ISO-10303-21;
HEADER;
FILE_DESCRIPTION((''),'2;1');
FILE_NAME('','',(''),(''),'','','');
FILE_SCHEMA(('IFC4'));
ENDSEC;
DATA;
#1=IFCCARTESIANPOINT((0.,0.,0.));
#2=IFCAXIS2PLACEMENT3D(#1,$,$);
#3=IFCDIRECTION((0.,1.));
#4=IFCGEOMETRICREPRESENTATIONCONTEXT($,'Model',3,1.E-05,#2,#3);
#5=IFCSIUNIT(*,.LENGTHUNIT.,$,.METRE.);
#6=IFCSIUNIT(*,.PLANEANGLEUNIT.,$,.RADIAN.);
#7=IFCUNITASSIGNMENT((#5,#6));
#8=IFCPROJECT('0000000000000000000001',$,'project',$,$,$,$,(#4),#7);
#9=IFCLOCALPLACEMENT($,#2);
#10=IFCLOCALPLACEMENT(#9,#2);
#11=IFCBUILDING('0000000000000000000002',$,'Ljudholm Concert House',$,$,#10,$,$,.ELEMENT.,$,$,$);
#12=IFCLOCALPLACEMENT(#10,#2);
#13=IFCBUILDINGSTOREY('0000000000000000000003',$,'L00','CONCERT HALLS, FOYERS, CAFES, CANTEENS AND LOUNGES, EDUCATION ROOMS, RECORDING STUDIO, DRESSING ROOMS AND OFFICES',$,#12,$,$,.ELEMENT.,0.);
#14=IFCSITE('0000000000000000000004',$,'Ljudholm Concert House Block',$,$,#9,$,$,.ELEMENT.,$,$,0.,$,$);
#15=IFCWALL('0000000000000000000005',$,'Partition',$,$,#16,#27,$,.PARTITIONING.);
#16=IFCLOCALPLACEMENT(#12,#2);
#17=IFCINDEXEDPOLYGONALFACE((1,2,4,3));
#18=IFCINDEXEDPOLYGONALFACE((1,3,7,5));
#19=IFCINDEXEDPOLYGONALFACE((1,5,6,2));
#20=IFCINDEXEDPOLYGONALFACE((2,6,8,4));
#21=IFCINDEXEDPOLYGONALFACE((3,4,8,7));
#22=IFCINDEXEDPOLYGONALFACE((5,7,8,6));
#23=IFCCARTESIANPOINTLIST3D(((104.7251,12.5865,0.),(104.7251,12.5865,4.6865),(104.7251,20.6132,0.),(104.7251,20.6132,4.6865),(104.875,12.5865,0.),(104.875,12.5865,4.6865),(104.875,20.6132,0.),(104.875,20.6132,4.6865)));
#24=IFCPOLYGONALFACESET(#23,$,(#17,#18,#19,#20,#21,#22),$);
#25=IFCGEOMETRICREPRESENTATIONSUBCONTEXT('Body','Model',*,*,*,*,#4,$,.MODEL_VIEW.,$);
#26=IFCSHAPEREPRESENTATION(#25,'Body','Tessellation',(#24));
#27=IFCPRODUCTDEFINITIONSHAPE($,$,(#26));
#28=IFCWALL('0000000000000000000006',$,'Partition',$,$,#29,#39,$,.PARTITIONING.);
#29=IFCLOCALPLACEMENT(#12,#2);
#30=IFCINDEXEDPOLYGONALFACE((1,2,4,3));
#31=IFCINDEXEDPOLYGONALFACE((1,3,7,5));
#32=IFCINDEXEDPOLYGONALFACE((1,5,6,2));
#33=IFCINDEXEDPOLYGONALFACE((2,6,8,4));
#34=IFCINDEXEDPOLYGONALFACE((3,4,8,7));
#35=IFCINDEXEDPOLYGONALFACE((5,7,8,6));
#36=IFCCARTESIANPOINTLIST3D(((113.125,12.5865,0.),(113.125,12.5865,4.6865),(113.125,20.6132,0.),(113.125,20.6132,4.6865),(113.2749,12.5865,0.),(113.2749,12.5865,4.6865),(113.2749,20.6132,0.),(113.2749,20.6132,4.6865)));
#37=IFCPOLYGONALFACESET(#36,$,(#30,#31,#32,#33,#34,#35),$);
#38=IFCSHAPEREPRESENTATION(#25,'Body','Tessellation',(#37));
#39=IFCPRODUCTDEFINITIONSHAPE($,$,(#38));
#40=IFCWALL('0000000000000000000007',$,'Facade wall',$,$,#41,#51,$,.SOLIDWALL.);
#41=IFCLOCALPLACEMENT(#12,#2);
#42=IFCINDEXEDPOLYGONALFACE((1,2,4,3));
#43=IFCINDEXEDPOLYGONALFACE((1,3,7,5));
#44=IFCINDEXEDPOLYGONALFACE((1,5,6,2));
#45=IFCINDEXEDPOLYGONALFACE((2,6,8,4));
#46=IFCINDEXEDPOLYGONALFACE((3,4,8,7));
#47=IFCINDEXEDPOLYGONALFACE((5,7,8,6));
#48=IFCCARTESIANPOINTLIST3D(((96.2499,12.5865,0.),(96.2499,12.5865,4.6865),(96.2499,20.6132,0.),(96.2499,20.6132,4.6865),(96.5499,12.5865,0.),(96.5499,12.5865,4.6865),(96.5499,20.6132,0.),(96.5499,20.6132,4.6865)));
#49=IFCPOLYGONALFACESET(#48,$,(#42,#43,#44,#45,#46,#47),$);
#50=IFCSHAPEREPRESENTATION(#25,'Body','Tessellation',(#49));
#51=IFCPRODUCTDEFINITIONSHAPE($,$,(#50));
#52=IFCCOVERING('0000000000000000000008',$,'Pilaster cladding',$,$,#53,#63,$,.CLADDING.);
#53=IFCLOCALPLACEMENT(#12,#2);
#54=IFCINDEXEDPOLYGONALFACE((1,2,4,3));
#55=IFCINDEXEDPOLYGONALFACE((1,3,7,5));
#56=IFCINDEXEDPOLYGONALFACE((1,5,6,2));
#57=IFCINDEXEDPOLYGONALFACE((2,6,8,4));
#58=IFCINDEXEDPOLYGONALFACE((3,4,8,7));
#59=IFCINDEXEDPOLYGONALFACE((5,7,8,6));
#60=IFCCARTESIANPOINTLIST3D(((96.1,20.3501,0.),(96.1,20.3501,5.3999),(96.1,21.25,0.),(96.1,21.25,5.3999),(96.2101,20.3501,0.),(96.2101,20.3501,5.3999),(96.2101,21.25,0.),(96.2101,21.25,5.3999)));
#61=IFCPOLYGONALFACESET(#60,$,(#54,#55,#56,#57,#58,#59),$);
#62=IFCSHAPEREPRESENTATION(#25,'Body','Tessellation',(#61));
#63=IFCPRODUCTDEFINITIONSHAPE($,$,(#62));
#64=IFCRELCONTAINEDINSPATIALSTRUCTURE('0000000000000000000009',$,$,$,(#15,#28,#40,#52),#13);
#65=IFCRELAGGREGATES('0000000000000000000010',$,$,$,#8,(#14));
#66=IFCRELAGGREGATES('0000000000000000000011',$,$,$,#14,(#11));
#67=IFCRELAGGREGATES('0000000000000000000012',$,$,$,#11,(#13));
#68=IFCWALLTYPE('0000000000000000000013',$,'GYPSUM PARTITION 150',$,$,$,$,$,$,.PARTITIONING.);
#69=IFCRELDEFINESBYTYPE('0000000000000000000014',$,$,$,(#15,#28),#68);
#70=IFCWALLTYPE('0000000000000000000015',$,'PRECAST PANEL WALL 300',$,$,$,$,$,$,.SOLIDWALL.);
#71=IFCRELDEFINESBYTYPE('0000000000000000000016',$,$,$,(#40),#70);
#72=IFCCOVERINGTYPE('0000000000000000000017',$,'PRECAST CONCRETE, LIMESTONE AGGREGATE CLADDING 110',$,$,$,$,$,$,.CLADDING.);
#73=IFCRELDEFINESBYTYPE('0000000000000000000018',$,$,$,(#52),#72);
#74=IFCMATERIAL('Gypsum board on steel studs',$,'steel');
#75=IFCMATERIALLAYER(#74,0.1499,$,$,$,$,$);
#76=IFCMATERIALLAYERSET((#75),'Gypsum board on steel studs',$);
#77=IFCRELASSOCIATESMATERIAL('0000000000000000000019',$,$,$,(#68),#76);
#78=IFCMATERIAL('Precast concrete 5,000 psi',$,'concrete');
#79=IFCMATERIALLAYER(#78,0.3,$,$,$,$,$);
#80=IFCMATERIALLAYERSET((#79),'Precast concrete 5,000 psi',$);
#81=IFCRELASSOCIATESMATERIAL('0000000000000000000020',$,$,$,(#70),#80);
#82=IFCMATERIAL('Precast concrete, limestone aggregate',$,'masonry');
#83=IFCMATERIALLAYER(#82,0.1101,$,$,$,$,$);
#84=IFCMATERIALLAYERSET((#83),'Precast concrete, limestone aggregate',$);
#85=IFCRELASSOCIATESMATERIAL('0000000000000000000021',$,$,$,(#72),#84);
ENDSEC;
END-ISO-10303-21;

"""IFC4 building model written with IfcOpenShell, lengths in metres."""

from ifc_helpers import new_model, si_unit, direction, frame, frame_2d, origin, origin_2d, place, context, subcontext, project, spatial, rectangle, extrude, material, layer, layer_set, type_object, element, save


model = new_model("IFC4")

# Units and contexts
model_context = context("Model", 3, precision=1e-05, world=origin(), true_north=direction((0.0, 1.0)))
body_context = subcontext(model_context, "Body", "Model", "MODEL_VIEW")
ifc_project = project(units=[si_unit("LENGTHUNIT", "METRE"), si_unit("PLANEANGLEUNIT", "RADIAN")], contexts=[model_context])

# Site, building, storey
site_placement = place(None, origin())
site = spatial("IfcSite", under=ifc_project, at=site_placement, Name="Ljudholm Concert House Block", CompositionType="ELEMENT", RefElevation=0.0)
building_placement = place(site_placement, origin())
building = spatial("IfcBuilding", under=site, at=building_placement, Name="Ljudholm Concert House", CompositionType="ELEMENT")
storey_placement = place(building_placement, origin())
storey = spatial("IfcBuildingStorey", under=building, at=storey_placement, Name="L00", Description="CONCERT HALLS, FOYERS, CAFES, CANTEENS AND LOUNGES, EDUCATION ROOMS, RECORDING STUDIO, DRESSING ROOMS AND OFFICES", CompositionType="ELEMENT", Elevation=0.0)

# Walls
ifc_material_1 = material(Name="Gypsum board on steel studs", Category="steel")
ifc_layer_1 = layer(ifc_material_1, 0.1499)
ifc_layer_set_1 = layer_set([ifc_layer_1], Name="Gypsum board on steel studs")
wall_type_1 = type_object("IfcWallType", Name="GYPSUM PARTITION 150", PredefinedType="PARTITIONING", material=ifc_layer_set_1)
for number, where, z_axis, x_axis, name in (
    (1, (104.8, 12.5867, 0.0), (0.0, 0.0, 1.0), (0.0, 1.0, 0.0), "Partition"),
    (2, (113.2, 12.5867, 0.0), (0.0, 0.0, 1.0), (0.0, 1.0, 0.0), "Partition"),
):
    element("IfcWall", number, at=place(storey_placement, frame(where, z_axis=z_axis, x_axis=x_axis)), inside=storey, type_object=wall_type_1, Name=name, PredefinedType="PARTITIONING", context=body_context, shape_type="SweptSolid", body=[
        extrude(rectangle(XDim=8.0266, YDim=0.1499, at=frame_2d((4.0132, 0.0))), origin(), (0.0, 0.0, 1.0), 4.6865),
    ])
ifc_material_2 = material(Name="Precast concrete 5,000 psi", Category="concrete")
ifc_layer_2 = layer(ifc_material_2, 0.3)
ifc_layer_set_2 = layer_set([ifc_layer_2], Name="Precast concrete 5,000 psi")
wall_type_2 = type_object("IfcWallType", Name="PRECAST PANEL WALL 300", PredefinedType="SOLIDWALL", material=ifc_layer_set_2)
wall_placement = place(storey_placement, frame((96.3999, 12.5867, 0.0), z_axis=(0.0, 0.0, 1.0), x_axis=(0.0, 1.0, 0.0)))
element("IfcWall", 3, at=wall_placement, inside=storey, type_object=wall_type_2, Name="Facade wall", PredefinedType="SOLIDWALL", context=body_context, shape_type="SweptSolid", body=[
    extrude(rectangle(XDim=8.0266, YDim=0.3, at=frame_2d((4.0132, 0.0))), origin(), (0.0, 0.0, 1.0), 4.6865),
])

# Covering
ifc_material_3 = material(Name="Precast concrete, limestone aggregate", Category="masonry")
ifc_layer_3 = layer(ifc_material_3, 0.1101)
ifc_layer_set_3 = layer_set([ifc_layer_3], Name="Precast concrete, limestone aggregate")
covering_type = type_object("IfcCoveringType", Name="PRECAST CONCRETE, LIMESTONE AGGREGATE CLADDING 110", PredefinedType="CLADDING", material=ifc_layer_set_3)
covering_placement = place(storey_placement, frame((96.155, 20.8, 0.0), z_axis=(0.0, 0.0, 1.0), x_axis=(-1.0, 0.0, 0.0)))
element("IfcCovering", 4, at=covering_placement, inside=storey, type_object=covering_type, Name="Pilaster cladding", PredefinedType="CLADDING", context=body_context, shape_type="SweptSolid", body=[
    extrude(rectangle(XDim=0.1101, YDim=0.8999, at=origin_2d()), origin(), (0.0, 0.0, 1.0), 5.3999),
])

save(model, "model.ifc")
